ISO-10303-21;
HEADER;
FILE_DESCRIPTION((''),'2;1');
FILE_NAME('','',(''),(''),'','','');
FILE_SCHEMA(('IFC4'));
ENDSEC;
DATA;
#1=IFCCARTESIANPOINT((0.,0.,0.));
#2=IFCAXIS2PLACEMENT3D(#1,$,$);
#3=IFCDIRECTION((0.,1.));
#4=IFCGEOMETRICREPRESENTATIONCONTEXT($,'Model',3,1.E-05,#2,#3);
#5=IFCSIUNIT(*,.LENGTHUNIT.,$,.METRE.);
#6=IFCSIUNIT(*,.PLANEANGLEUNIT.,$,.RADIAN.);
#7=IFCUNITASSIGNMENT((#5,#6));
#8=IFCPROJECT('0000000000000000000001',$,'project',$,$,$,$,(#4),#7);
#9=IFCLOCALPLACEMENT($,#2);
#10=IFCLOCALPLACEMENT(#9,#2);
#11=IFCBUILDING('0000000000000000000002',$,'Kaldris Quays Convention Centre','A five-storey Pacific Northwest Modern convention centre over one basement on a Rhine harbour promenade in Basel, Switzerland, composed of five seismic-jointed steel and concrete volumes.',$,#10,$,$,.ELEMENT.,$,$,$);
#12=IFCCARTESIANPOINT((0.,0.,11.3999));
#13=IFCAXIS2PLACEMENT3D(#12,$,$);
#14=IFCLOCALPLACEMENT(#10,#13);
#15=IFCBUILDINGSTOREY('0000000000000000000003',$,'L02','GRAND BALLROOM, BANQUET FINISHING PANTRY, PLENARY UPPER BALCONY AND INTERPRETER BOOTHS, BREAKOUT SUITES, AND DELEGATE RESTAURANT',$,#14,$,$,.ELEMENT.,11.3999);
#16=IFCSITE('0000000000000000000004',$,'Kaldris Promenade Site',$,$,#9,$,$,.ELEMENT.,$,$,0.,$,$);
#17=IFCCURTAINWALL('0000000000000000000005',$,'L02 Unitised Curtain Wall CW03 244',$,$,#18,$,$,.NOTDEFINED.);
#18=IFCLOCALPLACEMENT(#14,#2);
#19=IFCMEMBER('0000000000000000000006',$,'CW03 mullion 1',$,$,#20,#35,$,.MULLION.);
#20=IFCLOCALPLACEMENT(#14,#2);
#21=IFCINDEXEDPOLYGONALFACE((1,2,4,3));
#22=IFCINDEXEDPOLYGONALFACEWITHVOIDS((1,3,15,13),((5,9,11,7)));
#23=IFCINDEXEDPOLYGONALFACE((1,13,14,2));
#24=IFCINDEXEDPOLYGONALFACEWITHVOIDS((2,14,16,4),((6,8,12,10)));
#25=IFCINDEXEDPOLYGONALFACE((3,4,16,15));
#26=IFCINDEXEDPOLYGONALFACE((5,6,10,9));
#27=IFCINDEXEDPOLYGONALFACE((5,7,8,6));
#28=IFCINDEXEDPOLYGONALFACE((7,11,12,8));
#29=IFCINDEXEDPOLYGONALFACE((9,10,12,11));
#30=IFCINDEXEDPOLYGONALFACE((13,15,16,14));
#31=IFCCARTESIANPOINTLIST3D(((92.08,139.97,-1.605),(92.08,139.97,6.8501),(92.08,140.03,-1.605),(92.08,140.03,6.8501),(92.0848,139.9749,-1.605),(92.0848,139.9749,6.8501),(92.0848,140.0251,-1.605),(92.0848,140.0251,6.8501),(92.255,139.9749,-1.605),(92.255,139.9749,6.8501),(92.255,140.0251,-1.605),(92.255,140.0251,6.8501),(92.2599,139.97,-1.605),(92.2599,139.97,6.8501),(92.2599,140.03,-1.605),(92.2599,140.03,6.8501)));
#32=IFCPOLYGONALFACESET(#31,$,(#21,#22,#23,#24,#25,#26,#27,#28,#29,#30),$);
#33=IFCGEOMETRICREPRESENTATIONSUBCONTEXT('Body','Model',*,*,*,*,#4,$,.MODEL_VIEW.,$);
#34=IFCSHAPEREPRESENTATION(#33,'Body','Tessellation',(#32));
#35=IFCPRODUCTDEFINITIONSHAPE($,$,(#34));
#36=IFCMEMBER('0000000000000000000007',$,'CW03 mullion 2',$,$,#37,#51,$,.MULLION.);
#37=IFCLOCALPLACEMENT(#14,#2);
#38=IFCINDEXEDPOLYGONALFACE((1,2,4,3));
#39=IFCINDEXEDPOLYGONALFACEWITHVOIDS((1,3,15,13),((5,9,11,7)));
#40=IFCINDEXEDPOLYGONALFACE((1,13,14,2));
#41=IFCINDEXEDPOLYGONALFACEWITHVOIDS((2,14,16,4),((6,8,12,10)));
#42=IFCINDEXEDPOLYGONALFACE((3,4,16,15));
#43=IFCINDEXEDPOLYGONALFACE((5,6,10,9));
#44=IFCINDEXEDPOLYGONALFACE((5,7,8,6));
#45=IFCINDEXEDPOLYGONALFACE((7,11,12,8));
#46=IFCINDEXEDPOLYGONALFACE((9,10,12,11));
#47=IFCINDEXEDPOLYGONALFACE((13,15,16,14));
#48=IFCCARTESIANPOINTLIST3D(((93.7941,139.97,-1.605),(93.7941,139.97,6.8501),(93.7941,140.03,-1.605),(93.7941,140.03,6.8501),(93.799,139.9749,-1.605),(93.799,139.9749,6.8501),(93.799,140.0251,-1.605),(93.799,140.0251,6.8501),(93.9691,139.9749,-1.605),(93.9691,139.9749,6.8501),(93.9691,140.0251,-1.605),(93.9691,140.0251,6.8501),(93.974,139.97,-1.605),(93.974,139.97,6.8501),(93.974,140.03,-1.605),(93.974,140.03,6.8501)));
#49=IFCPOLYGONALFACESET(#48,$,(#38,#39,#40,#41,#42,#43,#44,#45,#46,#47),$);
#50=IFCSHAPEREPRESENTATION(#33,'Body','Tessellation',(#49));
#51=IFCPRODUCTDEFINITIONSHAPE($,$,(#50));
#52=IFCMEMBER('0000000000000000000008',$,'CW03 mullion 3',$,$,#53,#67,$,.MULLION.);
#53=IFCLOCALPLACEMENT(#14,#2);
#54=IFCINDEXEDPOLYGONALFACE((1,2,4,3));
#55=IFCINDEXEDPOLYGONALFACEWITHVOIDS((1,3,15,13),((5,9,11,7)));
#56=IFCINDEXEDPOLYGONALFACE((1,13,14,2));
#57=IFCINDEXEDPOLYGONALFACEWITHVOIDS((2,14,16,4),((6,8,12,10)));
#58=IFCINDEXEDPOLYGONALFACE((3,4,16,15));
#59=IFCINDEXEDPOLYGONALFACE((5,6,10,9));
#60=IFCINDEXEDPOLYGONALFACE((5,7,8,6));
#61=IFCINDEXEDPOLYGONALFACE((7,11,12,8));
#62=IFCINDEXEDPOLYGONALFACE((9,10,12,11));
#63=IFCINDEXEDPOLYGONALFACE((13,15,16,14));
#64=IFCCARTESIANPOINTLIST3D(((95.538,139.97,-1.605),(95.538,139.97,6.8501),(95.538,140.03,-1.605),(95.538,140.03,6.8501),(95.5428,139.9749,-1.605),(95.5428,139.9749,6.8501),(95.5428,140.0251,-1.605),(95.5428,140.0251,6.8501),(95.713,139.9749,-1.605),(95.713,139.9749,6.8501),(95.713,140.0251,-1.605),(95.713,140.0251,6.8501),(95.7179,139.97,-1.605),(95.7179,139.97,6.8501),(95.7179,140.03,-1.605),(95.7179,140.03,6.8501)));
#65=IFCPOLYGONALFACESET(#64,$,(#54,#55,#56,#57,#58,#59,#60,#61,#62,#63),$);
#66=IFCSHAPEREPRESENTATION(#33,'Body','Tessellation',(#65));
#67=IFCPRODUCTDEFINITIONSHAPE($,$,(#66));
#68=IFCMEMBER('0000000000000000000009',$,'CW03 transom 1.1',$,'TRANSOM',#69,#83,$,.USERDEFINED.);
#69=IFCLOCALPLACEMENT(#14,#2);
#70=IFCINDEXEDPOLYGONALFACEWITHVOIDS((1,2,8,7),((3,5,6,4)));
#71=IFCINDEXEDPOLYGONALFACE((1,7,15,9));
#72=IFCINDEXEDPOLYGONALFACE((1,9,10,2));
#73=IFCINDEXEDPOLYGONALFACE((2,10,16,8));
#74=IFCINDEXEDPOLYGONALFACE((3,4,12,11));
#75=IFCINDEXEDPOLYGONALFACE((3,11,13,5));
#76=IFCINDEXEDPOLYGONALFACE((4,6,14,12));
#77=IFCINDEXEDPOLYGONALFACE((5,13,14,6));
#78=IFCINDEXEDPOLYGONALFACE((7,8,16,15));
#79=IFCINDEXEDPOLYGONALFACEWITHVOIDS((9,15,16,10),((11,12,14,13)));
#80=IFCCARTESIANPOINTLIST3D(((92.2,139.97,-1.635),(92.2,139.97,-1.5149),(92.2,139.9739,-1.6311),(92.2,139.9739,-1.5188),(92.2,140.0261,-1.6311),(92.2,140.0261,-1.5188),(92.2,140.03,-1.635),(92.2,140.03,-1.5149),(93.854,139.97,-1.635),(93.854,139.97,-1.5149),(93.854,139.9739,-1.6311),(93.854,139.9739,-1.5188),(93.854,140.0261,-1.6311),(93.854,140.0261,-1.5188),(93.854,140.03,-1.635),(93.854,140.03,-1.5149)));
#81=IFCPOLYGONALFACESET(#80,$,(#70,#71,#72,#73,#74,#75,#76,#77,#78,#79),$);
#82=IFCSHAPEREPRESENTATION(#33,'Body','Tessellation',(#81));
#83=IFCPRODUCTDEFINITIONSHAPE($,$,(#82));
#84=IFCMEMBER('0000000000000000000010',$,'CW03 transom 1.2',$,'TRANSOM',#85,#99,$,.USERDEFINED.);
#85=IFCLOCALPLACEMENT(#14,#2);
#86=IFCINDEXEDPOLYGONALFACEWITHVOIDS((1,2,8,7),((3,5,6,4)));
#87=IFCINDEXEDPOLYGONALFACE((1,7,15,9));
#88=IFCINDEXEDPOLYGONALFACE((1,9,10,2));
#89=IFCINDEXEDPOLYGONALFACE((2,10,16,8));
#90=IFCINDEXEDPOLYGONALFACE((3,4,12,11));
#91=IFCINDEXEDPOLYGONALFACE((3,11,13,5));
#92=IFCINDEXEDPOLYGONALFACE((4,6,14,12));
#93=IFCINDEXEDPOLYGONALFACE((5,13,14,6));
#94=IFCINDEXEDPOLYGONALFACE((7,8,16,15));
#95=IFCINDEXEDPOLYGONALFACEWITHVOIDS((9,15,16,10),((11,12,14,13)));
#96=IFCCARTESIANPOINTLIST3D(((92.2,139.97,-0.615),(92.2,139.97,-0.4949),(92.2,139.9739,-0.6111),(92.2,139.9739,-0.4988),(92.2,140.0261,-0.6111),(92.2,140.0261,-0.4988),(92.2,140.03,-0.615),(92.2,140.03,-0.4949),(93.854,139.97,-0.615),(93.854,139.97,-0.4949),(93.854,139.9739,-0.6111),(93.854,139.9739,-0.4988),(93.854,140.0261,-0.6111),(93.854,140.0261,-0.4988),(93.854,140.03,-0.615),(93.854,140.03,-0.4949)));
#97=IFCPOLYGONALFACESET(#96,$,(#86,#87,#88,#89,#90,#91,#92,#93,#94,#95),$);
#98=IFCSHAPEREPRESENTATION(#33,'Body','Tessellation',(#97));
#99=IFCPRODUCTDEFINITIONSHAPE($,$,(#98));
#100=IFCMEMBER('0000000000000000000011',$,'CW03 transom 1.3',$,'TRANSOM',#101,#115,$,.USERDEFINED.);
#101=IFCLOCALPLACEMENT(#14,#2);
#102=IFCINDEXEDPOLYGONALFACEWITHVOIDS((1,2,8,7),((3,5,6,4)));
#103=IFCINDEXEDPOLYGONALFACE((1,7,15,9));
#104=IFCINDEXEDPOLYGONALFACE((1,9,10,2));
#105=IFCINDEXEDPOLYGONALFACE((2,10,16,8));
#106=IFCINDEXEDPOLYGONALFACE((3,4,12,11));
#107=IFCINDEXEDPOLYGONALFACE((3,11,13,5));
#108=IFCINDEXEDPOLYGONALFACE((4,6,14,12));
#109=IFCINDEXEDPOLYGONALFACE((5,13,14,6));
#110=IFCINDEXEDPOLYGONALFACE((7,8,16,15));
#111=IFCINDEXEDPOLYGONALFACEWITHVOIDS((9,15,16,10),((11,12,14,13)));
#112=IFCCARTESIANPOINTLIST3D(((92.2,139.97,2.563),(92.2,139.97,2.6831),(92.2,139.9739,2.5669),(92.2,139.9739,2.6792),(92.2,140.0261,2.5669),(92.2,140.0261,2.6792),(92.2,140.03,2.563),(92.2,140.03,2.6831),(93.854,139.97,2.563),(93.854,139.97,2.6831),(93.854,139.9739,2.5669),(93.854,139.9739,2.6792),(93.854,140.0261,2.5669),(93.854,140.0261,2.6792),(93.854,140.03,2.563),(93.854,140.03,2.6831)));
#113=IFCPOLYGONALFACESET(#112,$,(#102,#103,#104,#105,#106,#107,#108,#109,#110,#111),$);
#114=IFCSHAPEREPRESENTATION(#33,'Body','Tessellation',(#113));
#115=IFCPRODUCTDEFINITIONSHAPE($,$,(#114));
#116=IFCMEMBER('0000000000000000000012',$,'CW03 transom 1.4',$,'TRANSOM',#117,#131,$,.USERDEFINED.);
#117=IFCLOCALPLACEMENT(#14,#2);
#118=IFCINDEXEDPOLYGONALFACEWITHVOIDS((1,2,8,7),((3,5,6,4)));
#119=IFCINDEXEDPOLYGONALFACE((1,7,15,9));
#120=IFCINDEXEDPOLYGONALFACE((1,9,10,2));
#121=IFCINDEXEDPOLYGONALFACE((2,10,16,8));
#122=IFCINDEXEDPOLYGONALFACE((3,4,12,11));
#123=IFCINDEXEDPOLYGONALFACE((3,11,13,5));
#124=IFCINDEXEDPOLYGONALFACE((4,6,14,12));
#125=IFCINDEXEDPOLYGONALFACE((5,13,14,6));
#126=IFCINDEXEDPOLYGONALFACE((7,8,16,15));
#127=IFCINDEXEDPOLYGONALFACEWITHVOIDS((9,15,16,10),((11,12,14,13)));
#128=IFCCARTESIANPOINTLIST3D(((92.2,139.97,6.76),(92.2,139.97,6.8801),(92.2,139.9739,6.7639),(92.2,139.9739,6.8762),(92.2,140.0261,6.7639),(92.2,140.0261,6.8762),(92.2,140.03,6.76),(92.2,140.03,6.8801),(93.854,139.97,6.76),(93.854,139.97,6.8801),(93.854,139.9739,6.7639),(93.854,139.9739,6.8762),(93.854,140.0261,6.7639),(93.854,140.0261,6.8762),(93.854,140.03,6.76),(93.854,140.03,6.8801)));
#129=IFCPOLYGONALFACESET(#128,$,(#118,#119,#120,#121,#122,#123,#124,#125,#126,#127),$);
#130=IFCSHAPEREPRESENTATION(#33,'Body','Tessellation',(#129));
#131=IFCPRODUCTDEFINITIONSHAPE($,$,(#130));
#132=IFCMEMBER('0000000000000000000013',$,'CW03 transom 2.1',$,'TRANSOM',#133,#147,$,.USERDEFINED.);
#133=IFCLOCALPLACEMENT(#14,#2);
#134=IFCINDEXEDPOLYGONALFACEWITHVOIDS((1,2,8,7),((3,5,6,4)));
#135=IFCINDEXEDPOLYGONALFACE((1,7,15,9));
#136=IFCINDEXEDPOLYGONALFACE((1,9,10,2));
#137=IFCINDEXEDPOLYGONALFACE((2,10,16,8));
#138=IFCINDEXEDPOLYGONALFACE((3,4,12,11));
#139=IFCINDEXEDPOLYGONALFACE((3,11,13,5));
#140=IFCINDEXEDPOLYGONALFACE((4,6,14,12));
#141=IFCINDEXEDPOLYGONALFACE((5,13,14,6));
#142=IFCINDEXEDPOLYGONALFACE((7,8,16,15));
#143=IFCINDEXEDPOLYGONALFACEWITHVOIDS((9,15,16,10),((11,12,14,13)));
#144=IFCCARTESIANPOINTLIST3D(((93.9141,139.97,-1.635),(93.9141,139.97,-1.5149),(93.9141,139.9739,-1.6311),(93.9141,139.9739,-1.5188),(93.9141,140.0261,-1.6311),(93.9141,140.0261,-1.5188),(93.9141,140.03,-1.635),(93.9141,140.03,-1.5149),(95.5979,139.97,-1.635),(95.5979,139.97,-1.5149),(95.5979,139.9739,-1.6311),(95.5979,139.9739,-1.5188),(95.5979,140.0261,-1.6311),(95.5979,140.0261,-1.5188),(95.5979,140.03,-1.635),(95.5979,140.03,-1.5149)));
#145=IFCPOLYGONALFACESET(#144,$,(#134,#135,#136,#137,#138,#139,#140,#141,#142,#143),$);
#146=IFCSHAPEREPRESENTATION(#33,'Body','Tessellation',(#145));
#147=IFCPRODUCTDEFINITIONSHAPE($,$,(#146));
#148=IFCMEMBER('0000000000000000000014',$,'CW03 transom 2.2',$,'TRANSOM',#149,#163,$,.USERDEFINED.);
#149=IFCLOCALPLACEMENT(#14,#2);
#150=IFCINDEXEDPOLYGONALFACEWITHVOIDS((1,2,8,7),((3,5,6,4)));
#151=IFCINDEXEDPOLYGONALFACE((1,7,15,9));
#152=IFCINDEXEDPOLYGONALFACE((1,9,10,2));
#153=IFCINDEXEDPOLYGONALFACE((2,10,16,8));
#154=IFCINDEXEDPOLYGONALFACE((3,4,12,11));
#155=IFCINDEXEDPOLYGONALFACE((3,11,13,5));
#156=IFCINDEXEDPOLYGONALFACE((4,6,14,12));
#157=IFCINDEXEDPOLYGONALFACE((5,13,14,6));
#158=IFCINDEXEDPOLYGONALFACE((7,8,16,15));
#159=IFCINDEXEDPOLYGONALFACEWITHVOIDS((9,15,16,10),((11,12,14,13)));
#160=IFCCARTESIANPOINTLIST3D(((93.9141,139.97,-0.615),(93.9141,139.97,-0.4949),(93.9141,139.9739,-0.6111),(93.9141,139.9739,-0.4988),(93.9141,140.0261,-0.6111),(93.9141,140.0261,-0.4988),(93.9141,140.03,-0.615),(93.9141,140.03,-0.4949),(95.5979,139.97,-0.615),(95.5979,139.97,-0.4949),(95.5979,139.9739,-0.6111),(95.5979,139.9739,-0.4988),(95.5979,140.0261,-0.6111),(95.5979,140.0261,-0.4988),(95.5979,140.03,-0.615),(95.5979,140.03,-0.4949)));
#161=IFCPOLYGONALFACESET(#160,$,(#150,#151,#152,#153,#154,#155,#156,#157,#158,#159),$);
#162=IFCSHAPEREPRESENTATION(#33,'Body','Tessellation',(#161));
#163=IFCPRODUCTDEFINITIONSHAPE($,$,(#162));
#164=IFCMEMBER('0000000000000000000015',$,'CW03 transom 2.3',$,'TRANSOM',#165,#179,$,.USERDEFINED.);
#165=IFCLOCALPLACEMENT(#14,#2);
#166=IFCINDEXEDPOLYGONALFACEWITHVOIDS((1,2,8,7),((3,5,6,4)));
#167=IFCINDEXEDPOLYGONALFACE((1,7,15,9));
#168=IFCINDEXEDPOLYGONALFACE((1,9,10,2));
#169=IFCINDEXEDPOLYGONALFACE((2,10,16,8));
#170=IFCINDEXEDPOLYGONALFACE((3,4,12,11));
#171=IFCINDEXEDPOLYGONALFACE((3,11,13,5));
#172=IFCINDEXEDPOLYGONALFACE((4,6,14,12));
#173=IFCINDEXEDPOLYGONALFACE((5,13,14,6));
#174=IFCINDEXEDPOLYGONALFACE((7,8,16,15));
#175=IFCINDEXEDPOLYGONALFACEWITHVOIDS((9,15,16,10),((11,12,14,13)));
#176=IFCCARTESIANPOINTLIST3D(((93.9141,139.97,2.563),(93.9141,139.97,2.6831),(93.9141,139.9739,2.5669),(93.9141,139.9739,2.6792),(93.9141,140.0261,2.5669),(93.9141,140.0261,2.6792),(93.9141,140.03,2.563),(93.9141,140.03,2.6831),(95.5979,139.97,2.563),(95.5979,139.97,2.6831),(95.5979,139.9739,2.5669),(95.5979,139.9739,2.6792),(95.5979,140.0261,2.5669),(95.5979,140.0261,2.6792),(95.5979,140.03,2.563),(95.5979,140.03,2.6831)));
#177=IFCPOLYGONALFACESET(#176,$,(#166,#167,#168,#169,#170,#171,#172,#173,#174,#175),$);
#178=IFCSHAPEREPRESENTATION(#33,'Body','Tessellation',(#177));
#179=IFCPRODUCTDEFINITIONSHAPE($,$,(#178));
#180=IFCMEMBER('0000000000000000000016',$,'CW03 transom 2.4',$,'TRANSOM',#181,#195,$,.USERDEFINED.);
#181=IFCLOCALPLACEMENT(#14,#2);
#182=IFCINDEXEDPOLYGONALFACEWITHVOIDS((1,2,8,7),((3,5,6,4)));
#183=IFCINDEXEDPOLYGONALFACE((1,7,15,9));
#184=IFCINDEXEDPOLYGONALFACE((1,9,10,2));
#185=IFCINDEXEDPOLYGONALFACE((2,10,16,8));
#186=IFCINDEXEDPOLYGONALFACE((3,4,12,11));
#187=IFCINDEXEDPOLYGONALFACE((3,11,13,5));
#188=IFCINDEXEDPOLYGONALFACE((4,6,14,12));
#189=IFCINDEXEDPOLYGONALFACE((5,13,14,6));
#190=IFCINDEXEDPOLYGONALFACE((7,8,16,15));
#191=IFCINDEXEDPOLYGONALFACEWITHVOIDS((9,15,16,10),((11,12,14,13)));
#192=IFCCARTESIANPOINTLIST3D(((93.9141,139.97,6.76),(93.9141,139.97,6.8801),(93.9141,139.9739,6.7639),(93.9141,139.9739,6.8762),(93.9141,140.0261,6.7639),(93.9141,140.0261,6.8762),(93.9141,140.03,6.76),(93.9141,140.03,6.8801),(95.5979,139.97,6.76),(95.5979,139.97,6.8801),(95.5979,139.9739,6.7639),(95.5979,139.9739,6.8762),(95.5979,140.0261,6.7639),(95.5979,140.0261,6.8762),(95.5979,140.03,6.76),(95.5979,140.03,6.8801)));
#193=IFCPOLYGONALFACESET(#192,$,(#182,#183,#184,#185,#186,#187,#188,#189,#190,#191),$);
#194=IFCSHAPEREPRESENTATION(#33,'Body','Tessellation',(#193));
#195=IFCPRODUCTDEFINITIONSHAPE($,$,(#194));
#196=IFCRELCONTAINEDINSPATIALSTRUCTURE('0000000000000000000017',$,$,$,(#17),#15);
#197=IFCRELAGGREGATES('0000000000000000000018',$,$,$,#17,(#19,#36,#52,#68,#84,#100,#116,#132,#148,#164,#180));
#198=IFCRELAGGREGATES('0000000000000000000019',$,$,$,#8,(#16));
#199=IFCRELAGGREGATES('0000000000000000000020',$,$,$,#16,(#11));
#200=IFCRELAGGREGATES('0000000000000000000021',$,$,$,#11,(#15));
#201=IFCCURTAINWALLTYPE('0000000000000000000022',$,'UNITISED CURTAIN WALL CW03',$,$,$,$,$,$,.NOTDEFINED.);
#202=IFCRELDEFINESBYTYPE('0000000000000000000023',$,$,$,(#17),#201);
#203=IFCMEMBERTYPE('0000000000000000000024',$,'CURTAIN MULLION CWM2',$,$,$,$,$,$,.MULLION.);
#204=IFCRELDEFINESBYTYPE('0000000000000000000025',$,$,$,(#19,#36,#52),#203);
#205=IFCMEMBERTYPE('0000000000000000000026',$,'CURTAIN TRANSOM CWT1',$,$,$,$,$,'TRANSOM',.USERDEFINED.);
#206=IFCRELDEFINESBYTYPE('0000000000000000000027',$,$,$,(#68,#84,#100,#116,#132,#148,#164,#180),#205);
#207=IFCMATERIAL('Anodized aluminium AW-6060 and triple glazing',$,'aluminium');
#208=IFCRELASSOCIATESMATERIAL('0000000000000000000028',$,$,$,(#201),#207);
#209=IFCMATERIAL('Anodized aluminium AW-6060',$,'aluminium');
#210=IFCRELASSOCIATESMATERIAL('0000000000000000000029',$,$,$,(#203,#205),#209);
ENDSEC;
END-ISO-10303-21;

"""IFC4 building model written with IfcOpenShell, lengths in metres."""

from ifc_helpers import new_model, si_unit, direction, frame, origin, origin_2d, place, context, subcontext, project, spatial, hollow_rectangle, extrude, material, material_profile, profile_set, type_object, element, aggregate, save


model = new_model("IFC4")

# Units and contexts
model_context = context("Model", 3, precision=1e-05, world=origin(), true_north=direction((0.0, 1.0)))
body_context = subcontext(model_context, "Body", "Model", "MODEL_VIEW")
ifc_project = project(units=[si_unit("LENGTHUNIT", "METRE"), si_unit("PLANEANGLEUNIT", "RADIAN")], contexts=[model_context])

# Site, building, storey
site_placement = place(None, origin())
site = spatial("IfcSite", under=ifc_project, at=site_placement, Name="Kaldris Promenade Site", CompositionType="ELEMENT", RefElevation=0.0)
building_placement = place(site_placement, origin())
building = spatial("IfcBuilding", under=site, at=building_placement, Name="Kaldris Quays Convention Centre", Description="A five-storey Pacific Northwest Modern convention centre over one basement on a Rhine harbour promenade in Basel, Switzerland, composed of five seismic-jointed steel and concrete volumes.", CompositionType="ELEMENT")
storey_placement = place(building_placement, frame((0.0, 0.0, 11.3999)))
storey = spatial("IfcBuildingStorey", under=building, at=storey_placement, Name="L02", Description="GRAND BALLROOM, BANQUET FINISHING PANTRY, PLENARY UPPER BALCONY AND INTERPRETER BOOTHS, BREAKOUT SUITES, AND DELEGATE RESTAURANT", CompositionType="ELEMENT", Elevation=11.3999)

# Curtain wall, members
ifc_material_1 = material(Name="Anodized aluminium AW-6060 and triple glazing", Category="aluminium")
curtain_wall_type = type_object("IfcCurtainWallType", Name="UNITISED CURTAIN WALL CW03", PredefinedType="NOTDEFINED", material=ifc_material_1)
curtain_wall_placement = place(storey_placement, origin())
curtain_wall = element("IfcCurtainWall", 1, at=curtain_wall_placement, inside=storey, type_object=curtain_wall_type, Name="L02 Unitised Curtain Wall CW03 244", PredefinedType="NOTDEFINED")
ifc_material_2 = material(Name="Anodized aluminium AW-6060", Category="aluminium")
ifc_material_profile_1 = material_profile(ifc_material_2, hollow_rectangle(XDim=0.0601, YDim=0.1799, WallThickness=0.0049, at=origin_2d()), Name="RHS 180x60x5")
ifc_profile_set_1 = profile_set([ifc_material_profile_1], Name="Anodized aluminium AW-6060")
member_type_1 = type_object("IfcMemberType", Name="CURTAIN MULLION CWM2", PredefinedType="MULLION", material=ifc_profile_set_1)
member_1_placement = place(storey_placement, frame((92.1699, 140.0, -1.605), z_axis=(0.0, 0.0, 1.0), x_axis=(0.0, 1.0, 0.0)))
member_1 = element("IfcMember", 2, at=member_1_placement, type_object=member_type_1, Name="CW03 mullion 1", PredefinedType="MULLION", context=body_context, shape_type="SweptSolid", body=[
    extrude(hollow_rectangle(XDim=0.0601, YDim=0.1799, WallThickness=0.0049, at=origin_2d()), origin(), (0.0, 0.0, 1.0), 8.4551),
])
member_2_placement = place(storey_placement, frame((93.884, 140.0, -1.605), z_axis=(0.0, 0.0, 1.0), x_axis=(0.0, 1.0, 0.0)))
member_2 = element("IfcMember", 3, at=member_2_placement, type_object=member_type_1, Name="CW03 mullion 2", PredefinedType="MULLION", context=body_context, shape_type="SweptSolid", body=[
    extrude(hollow_rectangle(XDim=0.0601, YDim=0.1799, WallThickness=0.0049, at=origin_2d()), origin(), (0.0, 0.0, 1.0), 8.4551),
])
member_3_placement = place(storey_placement, frame((95.6279, 140.0, -1.605), z_axis=(0.0, 0.0, 1.0), x_axis=(0.0, 1.0, 0.0)))
member_3 = element("IfcMember", 4, at=member_3_placement, type_object=member_type_1, Name="CW03 mullion 3", PredefinedType="MULLION", context=body_context, shape_type="SweptSolid", body=[
    extrude(hollow_rectangle(XDim=0.0601, YDim=0.1799, WallThickness=0.0049, at=origin_2d()), origin(), (0.0, 0.0, 1.0), 8.4551),
])
ifc_material_profile_2 = material_profile(ifc_material_2, hollow_rectangle(XDim=0.0601, YDim=0.1201, WallThickness=0.0039, at=origin_2d()), Name="RHS 120x60x4")
ifc_profile_set_2 = profile_set([ifc_material_profile_2], Name="Anodized aluminium AW-6060")
member_type_2 = type_object("IfcMemberType", Name="CURTAIN TRANSOM CWT1", ElementType="TRANSOM", PredefinedType="USERDEFINED", material=ifc_profile_set_2)
member_4_placement = place(storey_placement, frame((92.2, 140.0, -1.575), z_axis=(1.0, 0.0, 0.0), x_axis=(0.0, 1.0, 0.0)))
member_4 = element("IfcMember", 5, at=member_4_placement, type_object=member_type_2, Name="CW03 transom 1.1", ObjectType="TRANSOM", PredefinedType="USERDEFINED", context=body_context, shape_type="SweptSolid", body=[
    extrude(hollow_rectangle(XDim=0.0601, YDim=0.1201, WallThickness=0.0039, at=origin_2d()), origin(), (0.0, 0.0, 1.0), 1.6541),
])
member_5_placement = place(storey_placement, frame((92.2, 140.0, -0.5549), z_axis=(1.0, 0.0, 0.0), x_axis=(0.0, 1.0, 0.0)))
member_5 = element("IfcMember", 6, at=member_5_placement, type_object=member_type_2, Name="CW03 transom 1.2", ObjectType="TRANSOM", PredefinedType="USERDEFINED", context=body_context, shape_type="SweptSolid", body=[
    extrude(hollow_rectangle(XDim=0.0601, YDim=0.1201, WallThickness=0.0039, at=origin_2d()), origin(), (0.0, 0.0, 1.0), 1.6541),
])
member_6_placement = place(storey_placement, frame((92.2, 140.0, 2.623), z_axis=(1.0, 0.0, 0.0), x_axis=(0.0, 1.0, 0.0)))
member_6 = element("IfcMember", 7, at=member_6_placement, type_object=member_type_2, Name="CW03 transom 1.3", ObjectType="TRANSOM", PredefinedType="USERDEFINED", context=body_context, shape_type="SweptSolid", body=[
    extrude(hollow_rectangle(XDim=0.0601, YDim=0.1201, WallThickness=0.0039, at=origin_2d()), origin(), (0.0, 0.0, 1.0), 1.6541),
])
member_7_placement = place(storey_placement, frame((92.2, 140.0, 6.8201), z_axis=(1.0, 0.0, 0.0), x_axis=(0.0, 1.0, 0.0)))
member_7 = element("IfcMember", 8, at=member_7_placement, type_object=member_type_2, Name="CW03 transom 1.4", ObjectType="TRANSOM", PredefinedType="USERDEFINED", context=body_context, shape_type="SweptSolid", body=[
    extrude(hollow_rectangle(XDim=0.0601, YDim=0.1201, WallThickness=0.0039, at=origin_2d()), origin(), (0.0, 0.0, 1.0), 1.6541),
])
member_8_placement = place(storey_placement, frame((93.9141, 140.0, -1.575), z_axis=(1.0, 0.0, 0.0), x_axis=(0.0, 1.0, 0.0)))
member_8 = element("IfcMember", 9, at=member_8_placement, type_object=member_type_2, Name="CW03 transom 2.1", ObjectType="TRANSOM", PredefinedType="USERDEFINED", context=body_context, shape_type="SweptSolid", body=[
    extrude(hollow_rectangle(XDim=0.0601, YDim=0.1201, WallThickness=0.0039, at=origin_2d()), origin(), (0.0, 0.0, 1.0), 1.6838),
])
member_9_placement = place(storey_placement, frame((93.9141, 140.0, -0.5549), z_axis=(1.0, 0.0, 0.0), x_axis=(0.0, 1.0, 0.0)))
member_9 = element("IfcMember", 10, at=member_9_placement, type_object=member_type_2, Name="CW03 transom 2.2", ObjectType="TRANSOM", PredefinedType="USERDEFINED", context=body_context, shape_type="SweptSolid", body=[
    extrude(hollow_rectangle(XDim=0.0601, YDim=0.1201, WallThickness=0.0039, at=origin_2d()), origin(), (0.0, 0.0, 1.0), 1.6838),
])
member_10_placement = place(storey_placement, frame((93.9141, 140.0, 2.623), z_axis=(1.0, 0.0, 0.0), x_axis=(0.0, 1.0, 0.0)))
member_10 = element("IfcMember", 11, at=member_10_placement, type_object=member_type_2, Name="CW03 transom 2.3", ObjectType="TRANSOM", PredefinedType="USERDEFINED", context=body_context, shape_type="SweptSolid", body=[
    extrude(hollow_rectangle(XDim=0.0601, YDim=0.1201, WallThickness=0.0039, at=origin_2d()), origin(), (0.0, 0.0, 1.0), 1.6838),
])
member_11_placement = place(storey_placement, frame((93.9141, 140.0, 6.8201), z_axis=(1.0, 0.0, 0.0), x_axis=(0.0, 1.0, 0.0)))
member_11 = element("IfcMember", 12, at=member_11_placement, type_object=member_type_2, Name="CW03 transom 2.4", ObjectType="TRANSOM", PredefinedType="USERDEFINED", context=body_context, shape_type="SweptSolid", body=[
    extrude(hollow_rectangle(XDim=0.0601, YDim=0.1201, WallThickness=0.0039, at=origin_2d()), origin(), (0.0, 0.0, 1.0), 1.6838),
])

aggregate(curtain_wall, [member_1, member_2, member_3, member_4, member_5, member_6, member_7, member_8, member_9, member_10, member_11])

save(model, "model.ifc")
